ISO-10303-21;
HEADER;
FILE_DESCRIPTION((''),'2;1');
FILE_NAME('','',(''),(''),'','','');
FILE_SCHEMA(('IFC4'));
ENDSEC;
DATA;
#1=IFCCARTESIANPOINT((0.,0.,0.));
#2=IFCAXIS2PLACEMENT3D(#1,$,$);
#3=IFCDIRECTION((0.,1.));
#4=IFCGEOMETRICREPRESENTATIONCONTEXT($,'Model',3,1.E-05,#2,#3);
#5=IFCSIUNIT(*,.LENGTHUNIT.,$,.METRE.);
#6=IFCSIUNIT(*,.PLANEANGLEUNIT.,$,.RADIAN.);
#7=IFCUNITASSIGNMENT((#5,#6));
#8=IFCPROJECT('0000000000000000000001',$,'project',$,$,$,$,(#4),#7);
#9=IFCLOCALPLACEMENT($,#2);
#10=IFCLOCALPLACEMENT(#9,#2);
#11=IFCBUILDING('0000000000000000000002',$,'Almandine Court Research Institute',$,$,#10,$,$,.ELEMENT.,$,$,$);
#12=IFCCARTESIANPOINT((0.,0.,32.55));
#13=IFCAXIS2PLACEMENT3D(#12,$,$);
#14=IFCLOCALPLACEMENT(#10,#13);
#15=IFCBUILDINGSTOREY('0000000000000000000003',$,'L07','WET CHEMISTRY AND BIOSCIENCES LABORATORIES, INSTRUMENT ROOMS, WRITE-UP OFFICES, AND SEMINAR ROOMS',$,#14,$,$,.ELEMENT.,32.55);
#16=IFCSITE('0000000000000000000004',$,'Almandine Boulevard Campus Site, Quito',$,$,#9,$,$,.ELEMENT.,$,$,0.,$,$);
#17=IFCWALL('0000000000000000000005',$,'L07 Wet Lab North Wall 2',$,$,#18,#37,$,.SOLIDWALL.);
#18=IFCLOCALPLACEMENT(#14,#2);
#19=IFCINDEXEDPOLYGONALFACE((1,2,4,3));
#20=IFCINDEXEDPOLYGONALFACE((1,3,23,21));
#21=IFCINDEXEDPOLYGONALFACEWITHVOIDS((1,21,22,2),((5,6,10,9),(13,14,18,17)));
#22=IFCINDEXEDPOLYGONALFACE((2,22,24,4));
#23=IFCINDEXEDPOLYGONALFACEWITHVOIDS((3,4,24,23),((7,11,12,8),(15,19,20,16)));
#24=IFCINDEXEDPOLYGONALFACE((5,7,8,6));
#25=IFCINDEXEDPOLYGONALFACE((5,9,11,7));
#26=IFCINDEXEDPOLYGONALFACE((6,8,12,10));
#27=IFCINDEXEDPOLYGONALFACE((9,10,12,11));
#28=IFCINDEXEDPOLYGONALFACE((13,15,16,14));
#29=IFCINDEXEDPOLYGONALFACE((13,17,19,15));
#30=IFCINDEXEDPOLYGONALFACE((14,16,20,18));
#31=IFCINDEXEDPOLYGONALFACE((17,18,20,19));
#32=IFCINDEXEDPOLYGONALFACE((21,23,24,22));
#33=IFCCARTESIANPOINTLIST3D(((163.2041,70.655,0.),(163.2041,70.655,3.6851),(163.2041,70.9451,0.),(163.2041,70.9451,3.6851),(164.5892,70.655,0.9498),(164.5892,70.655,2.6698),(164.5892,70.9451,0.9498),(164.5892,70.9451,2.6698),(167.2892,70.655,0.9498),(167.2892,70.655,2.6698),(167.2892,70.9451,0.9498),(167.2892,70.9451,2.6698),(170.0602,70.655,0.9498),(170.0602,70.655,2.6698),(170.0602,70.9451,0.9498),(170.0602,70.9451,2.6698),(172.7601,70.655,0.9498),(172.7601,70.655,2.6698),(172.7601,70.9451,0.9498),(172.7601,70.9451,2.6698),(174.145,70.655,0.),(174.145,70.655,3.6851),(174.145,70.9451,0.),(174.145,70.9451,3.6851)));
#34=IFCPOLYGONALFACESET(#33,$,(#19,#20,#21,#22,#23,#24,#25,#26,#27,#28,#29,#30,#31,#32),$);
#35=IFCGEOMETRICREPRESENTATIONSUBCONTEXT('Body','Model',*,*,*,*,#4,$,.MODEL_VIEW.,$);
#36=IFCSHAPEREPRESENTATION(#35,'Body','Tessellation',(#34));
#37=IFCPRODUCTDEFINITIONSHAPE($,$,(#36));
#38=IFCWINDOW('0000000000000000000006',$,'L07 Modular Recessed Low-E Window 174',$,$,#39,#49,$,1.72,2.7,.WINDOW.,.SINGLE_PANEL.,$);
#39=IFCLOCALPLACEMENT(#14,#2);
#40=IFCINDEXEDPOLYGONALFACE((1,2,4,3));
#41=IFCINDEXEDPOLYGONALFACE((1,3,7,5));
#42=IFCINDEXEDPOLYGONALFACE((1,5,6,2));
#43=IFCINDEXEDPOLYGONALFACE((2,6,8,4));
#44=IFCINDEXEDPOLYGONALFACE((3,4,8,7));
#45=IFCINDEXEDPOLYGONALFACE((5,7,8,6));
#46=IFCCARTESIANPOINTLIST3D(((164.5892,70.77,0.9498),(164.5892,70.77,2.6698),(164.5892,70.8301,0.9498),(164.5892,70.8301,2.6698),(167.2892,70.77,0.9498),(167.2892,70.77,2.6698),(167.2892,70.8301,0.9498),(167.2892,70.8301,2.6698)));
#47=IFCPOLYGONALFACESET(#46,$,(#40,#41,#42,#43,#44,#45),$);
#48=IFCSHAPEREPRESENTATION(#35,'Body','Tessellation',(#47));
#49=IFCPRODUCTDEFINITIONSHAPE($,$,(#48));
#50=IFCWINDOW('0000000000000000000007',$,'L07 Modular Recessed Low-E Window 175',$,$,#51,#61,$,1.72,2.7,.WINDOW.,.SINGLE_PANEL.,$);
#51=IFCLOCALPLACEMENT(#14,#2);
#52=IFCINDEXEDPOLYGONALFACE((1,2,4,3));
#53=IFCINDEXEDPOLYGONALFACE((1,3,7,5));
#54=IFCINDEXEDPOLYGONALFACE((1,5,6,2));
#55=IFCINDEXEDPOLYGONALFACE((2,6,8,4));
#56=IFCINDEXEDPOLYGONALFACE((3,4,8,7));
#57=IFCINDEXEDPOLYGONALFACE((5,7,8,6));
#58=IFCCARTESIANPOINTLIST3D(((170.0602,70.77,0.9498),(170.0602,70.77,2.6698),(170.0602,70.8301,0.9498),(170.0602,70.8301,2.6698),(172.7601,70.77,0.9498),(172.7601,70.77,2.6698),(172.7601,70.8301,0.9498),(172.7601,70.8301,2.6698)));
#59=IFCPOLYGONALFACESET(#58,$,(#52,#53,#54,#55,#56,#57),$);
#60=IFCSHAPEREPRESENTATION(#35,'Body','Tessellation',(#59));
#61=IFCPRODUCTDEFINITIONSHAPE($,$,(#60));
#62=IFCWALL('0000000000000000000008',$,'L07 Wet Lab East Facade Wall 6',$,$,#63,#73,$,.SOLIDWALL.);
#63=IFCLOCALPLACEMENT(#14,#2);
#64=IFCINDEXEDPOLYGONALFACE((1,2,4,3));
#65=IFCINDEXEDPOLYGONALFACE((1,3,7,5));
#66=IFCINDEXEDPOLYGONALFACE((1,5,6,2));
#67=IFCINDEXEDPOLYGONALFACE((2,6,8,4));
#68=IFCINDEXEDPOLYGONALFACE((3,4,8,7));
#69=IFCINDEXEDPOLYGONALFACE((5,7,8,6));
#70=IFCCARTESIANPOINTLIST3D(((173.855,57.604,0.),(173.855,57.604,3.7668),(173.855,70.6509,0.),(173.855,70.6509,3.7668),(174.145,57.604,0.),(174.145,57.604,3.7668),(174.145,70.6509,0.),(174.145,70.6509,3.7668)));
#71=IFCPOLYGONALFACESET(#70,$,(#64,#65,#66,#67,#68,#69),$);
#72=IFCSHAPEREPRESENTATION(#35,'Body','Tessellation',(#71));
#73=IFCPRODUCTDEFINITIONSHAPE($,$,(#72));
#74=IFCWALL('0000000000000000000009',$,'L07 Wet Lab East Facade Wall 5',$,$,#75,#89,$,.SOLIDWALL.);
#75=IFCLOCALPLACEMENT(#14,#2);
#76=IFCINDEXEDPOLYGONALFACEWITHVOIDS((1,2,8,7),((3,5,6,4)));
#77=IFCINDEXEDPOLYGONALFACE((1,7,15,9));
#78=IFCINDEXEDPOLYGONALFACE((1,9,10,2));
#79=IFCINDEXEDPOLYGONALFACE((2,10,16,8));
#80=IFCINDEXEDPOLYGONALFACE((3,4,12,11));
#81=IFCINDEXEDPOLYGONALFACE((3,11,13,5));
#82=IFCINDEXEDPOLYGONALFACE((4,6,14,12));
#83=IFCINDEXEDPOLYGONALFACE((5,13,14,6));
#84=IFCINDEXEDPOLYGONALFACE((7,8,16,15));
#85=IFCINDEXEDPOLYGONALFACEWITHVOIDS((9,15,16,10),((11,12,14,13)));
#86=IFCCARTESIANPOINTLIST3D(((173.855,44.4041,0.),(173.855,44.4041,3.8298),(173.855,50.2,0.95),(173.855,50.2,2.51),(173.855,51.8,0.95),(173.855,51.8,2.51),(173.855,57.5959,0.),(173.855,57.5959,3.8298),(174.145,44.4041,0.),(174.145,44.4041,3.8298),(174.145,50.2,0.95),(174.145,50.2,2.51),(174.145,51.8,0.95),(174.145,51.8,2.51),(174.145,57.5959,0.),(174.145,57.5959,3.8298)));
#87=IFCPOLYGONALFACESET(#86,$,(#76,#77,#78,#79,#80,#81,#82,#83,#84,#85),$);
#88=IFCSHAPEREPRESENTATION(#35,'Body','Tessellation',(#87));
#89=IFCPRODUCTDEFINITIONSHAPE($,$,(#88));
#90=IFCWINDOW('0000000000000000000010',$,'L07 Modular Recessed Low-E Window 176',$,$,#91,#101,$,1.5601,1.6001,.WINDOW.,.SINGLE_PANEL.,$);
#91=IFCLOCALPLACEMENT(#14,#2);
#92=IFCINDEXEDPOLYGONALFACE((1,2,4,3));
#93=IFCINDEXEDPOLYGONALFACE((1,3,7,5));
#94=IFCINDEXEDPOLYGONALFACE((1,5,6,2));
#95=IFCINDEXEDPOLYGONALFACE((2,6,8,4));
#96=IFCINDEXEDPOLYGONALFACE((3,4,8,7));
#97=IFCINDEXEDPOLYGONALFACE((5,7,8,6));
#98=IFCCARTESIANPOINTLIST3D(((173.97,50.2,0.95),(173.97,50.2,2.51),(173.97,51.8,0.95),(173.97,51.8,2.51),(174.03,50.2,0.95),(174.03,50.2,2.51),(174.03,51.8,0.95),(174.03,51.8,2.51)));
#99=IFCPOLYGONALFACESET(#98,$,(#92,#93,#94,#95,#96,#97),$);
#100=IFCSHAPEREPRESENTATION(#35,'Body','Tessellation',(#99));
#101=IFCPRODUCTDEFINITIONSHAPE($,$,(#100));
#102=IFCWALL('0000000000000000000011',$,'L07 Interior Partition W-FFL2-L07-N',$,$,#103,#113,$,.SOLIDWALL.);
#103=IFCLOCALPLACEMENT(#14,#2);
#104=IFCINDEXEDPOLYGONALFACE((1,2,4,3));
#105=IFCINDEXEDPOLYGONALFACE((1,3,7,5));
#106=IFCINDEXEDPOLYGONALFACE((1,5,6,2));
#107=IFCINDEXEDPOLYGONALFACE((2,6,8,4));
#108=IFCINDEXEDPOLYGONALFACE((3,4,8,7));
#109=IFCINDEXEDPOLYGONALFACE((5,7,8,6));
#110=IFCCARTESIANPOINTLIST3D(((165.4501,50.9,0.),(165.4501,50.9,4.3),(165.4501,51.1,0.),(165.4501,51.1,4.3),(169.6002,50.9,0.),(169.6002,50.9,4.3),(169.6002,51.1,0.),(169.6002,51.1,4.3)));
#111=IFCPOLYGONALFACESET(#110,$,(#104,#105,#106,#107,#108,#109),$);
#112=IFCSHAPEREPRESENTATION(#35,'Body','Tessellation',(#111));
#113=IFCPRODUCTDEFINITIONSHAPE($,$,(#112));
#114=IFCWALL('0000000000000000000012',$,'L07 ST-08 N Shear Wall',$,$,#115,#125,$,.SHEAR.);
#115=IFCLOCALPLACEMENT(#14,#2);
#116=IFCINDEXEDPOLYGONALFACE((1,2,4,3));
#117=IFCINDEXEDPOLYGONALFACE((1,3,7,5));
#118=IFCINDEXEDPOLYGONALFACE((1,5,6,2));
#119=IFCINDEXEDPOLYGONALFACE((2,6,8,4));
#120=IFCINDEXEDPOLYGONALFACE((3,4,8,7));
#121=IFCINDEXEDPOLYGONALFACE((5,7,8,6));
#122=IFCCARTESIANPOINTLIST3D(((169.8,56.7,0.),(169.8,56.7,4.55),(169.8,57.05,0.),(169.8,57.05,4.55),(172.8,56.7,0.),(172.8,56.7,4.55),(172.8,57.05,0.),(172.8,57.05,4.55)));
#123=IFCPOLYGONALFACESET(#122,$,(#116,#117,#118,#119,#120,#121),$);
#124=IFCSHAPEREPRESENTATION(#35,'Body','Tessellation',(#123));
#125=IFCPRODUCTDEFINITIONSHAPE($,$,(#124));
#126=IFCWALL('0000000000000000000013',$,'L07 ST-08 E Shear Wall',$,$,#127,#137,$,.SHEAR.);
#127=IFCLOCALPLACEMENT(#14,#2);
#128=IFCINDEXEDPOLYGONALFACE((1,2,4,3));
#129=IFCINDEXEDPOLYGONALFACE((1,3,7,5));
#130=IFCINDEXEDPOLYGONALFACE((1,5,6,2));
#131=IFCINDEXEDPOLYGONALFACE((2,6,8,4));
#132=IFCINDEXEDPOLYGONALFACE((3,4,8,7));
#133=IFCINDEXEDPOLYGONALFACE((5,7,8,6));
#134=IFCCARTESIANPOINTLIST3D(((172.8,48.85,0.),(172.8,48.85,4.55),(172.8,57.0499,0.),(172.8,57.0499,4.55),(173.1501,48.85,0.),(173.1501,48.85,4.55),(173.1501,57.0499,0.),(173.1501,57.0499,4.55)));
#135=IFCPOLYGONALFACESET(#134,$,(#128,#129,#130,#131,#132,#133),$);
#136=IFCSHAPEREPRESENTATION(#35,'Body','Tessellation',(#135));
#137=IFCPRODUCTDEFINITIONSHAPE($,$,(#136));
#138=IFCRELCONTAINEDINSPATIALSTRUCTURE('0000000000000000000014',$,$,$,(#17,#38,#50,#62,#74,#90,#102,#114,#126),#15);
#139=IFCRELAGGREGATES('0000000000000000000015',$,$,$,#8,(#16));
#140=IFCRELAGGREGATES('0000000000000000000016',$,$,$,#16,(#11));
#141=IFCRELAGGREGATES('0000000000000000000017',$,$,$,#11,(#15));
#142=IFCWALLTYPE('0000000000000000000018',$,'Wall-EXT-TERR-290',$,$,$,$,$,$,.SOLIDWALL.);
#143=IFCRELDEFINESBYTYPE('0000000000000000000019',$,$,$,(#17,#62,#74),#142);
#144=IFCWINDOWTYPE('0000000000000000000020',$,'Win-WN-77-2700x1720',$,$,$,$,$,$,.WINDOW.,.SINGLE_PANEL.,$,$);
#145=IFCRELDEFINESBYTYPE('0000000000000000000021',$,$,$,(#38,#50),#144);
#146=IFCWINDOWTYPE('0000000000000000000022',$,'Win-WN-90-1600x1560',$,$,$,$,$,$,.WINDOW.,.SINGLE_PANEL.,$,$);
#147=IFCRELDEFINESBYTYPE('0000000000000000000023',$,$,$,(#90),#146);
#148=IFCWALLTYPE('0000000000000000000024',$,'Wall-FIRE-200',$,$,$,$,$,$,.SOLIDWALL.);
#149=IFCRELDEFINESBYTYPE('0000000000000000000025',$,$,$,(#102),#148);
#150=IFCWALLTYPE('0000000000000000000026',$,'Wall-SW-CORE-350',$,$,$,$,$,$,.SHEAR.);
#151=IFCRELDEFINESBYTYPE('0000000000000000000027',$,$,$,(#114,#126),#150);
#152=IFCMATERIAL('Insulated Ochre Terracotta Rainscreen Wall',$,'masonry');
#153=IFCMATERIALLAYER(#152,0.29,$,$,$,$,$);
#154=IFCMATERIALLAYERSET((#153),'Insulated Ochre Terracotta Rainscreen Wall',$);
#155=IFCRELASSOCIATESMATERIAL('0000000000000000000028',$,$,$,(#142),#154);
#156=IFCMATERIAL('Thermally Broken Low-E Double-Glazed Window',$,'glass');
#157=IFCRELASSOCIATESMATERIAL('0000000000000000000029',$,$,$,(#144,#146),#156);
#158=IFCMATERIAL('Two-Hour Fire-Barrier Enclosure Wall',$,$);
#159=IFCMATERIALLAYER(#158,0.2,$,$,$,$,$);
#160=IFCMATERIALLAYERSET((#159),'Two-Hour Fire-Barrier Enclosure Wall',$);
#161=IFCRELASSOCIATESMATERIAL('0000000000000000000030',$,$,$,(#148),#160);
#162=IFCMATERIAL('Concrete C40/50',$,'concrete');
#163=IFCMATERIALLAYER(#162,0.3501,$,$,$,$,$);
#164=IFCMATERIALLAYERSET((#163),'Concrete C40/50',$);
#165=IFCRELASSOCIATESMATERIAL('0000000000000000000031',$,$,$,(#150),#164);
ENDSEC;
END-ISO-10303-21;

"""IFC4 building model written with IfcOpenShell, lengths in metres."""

from ifc_helpers import new_model, si_unit, direction, frame, frame_2d, origin, place, context, subcontext, project, spatial, rectangle, extrude, material, layer, layer_set, type_object, element, fill, save


model = new_model("IFC4")

# Units and contexts
model_context = context("Model", 3, precision=1e-05, world=origin(), true_north=direction((0.0, 1.0)))
body_context = subcontext(model_context, "Body", "Model", "MODEL_VIEW")
ifc_project = project(units=[si_unit("LENGTHUNIT", "METRE"), si_unit("PLANEANGLEUNIT", "RADIAN")], contexts=[model_context])

# Site, building, storey
site_placement = place(None, origin())
site = spatial("IfcSite", under=ifc_project, at=site_placement, Name="Almandine Boulevard Campus Site, Quito", CompositionType="ELEMENT", RefElevation=0.0)
building_placement = place(site_placement, origin())
building = spatial("IfcBuilding", under=site, at=building_placement, Name="Almandine Court Research Institute", CompositionType="ELEMENT")
storey_placement = place(building_placement, frame((0.0, 0.0, 32.55)))
storey = spatial("IfcBuildingStorey", under=building, at=storey_placement, Name="L07", Description="WET CHEMISTRY AND BIOSCIENCES LABORATORIES, INSTRUMENT ROOMS, WRITE-UP OFFICES, AND SEMINAR ROOMS", CompositionType="ELEMENT", Elevation=32.55)

# Wall, openings, windows
ifc_material_1 = material(Name="Insulated Ochre Terracotta Rainscreen Wall", Category="masonry")
ifc_layer_1 = layer(ifc_material_1, 0.29)
ifc_layer_set_1 = layer_set([ifc_layer_1], Name="Insulated Ochre Terracotta Rainscreen Wall")
wall_type_1 = type_object("IfcWallType", Name="Wall-EXT-TERR-290", PredefinedType="SOLIDWALL", material=ifc_layer_set_1)
wall_1_placement = place(storey_placement, frame((163.2041, 70.8, 0.0), z_axis=(0.0, 0.0, 1.0), x_axis=(1.0, 0.0, 0.0)))
wall_1 = element("IfcWall", 1, at=wall_1_placement, inside=storey, type_object=wall_type_1, Name="L07 Wet Lab North Wall 2", PredefinedType="SOLIDWALL", context=body_context, shape_type="SweptSolid", body=[
    extrude(rectangle(XDim=10.9409, YDim=0.29, at=frame_2d((5.4705, 0.0))), origin(), (0.0, 0.0, 1.0), 3.6851),
])
opening_1_placement = place(wall_1_placement, frame((1.385, 0.0, 0.95)))
opening_1 = element("IfcOpeningElement", 2, at=opening_1_placement, cuts=wall_1, PredefinedType="OPENING", context=body_context, shape_type="SweptSolid", body=[
    extrude(rectangle(XDim=2.7, YDim=1.72, at=frame_2d((1.3501, 0.8599))), frame((0.0, 0.155, 0.0), z_axis=(0.0, -1.0, 0.0), x_axis=(1.0, 0.0, 0.0)), (0.0, 0.0, 1.0), 0.3101),
])
opening_2_placement = place(wall_1_placement, frame((6.856, 0.0, 0.95)))
opening_2 = element("IfcOpeningElement", 3, at=opening_2_placement, cuts=wall_1, PredefinedType="OPENING", context=body_context, shape_type="SweptSolid", body=[
    extrude(rectangle(XDim=2.7, YDim=1.72, at=frame_2d((1.3501, 0.8599))), frame((0.0, 0.155, 0.0), z_axis=(0.0, -1.0, 0.0), x_axis=(1.0, 0.0, 0.0)), (0.0, 0.0, 1.0), 0.3101),
])
ifc_material_2 = material(Name="Thermally Broken Low-E Double-Glazed Window", Category="glass")
window_type_1 = type_object("IfcWindowType", Name="Win-WN-77-2700x1720", PartitioningType="SINGLE_PANEL", PredefinedType="WINDOW", material=ifc_material_2)
window_1_placement = place(opening_1_placement, origin())
window_1 = element("IfcWindow", 4, at=window_1_placement, inside=storey, type_object=window_type_1, Name="L07 Modular Recessed Low-E Window 174", OverallHeight=1.72, OverallWidth=2.7, PartitioningType="SINGLE_PANEL", PredefinedType="WINDOW", context=body_context, shape_type="SweptSolid", body=[
    extrude(rectangle(XDim=2.7, YDim=1.72, at=frame_2d((1.3501, 0.8599))), frame((0.0, 0.03, 0.0), z_axis=(0.0, -1.0, 0.0), x_axis=(1.0, 0.0, 0.0)), (0.0, 0.0, 1.0), 0.0601),
])
fill(opening_1, window_1)
window_2_placement = place(opening_2_placement, origin())
window_2 = element("IfcWindow", 5, at=window_2_placement, inside=storey, type_object=window_type_1, Name="L07 Modular Recessed Low-E Window 175", OverallHeight=1.72, OverallWidth=2.7, PartitioningType="SINGLE_PANEL", PredefinedType="WINDOW", context=body_context, shape_type="SweptSolid", body=[
    extrude(rectangle(XDim=2.7, YDim=1.72, at=frame_2d((1.3501, 0.8599))), frame((0.0, 0.03, 0.0), z_axis=(0.0, -1.0, 0.0), x_axis=(1.0, 0.0, 0.0)), (0.0, 0.0, 1.0), 0.0601),
])
fill(opening_2, window_2)

# Wall
wall_2_placement = place(storey_placement, frame((174.0, 70.6509, 0.0), z_axis=(0.0, 0.0, 1.0), x_axis=(0.0, -1.0, 0.0)))
element("IfcWall", 6, at=wall_2_placement, inside=storey, type_object=wall_type_1, Name="L07 Wet Lab East Facade Wall 6", PredefinedType="SOLIDWALL", context=body_context, shape_type="SweptSolid", body=[
    extrude(rectangle(XDim=13.0469, YDim=0.29, at=frame_2d((6.5234, 0.0))), origin(), (0.0, 0.0, 1.0), 3.7668),
])

# Wall, opening, window
wall_3_placement = place(storey_placement, frame((174.0, 57.5959, 0.0), z_axis=(0.0, 0.0, 1.0), x_axis=(0.0, -1.0, 0.0)))
wall_3 = element("IfcWall", 7, at=wall_3_placement, inside=storey, type_object=wall_type_1, Name="L07 Wet Lab East Facade Wall 5", PredefinedType="SOLIDWALL", context=body_context, shape_type="SweptSolid", body=[
    extrude(rectangle(XDim=13.1919, YDim=0.29, at=frame_2d((6.5959, 0.0))), origin(), (0.0, 0.0, 1.0), 3.8298),
])
opening_3_placement = place(wall_3_placement, frame((5.7959, 0.0, 0.95)))
opening_3 = element("IfcOpeningElement", 8, at=opening_3_placement, cuts=wall_3, PredefinedType="OPENING", context=body_context, shape_type="SweptSolid", body=[
    extrude(rectangle(XDim=1.6001, YDim=1.5601, at=frame_2d((0.8, 0.78))), frame((0.0, 0.155, 0.0), z_axis=(0.0, -1.0, 0.0), x_axis=(1.0, 0.0, 0.0)), (0.0, 0.0, 1.0), 0.3101),
])
window_type_2 = type_object("IfcWindowType", Name="Win-WN-90-1600x1560", PartitioningType="SINGLE_PANEL", PredefinedType="WINDOW", material=ifc_material_2)
window_3_placement = place(opening_3_placement, origin())
window_3 = element("IfcWindow", 9, at=window_3_placement, inside=storey, type_object=window_type_2, Name="L07 Modular Recessed Low-E Window 176", OverallHeight=1.5601, OverallWidth=1.6001, PartitioningType="SINGLE_PANEL", PredefinedType="WINDOW", context=body_context, shape_type="SweptSolid", body=[
    extrude(rectangle(XDim=1.6001, YDim=1.5601, at=frame_2d((0.8, 0.78))), frame((0.0, 0.03, 0.0), z_axis=(0.0, -1.0, 0.0), x_axis=(1.0, 0.0, 0.0)), (0.0, 0.0, 1.0), 0.0601),
])
fill(opening_3, window_3)

# Walls
ifc_material_3 = material(Name="Two-Hour Fire-Barrier Enclosure Wall")
ifc_layer_2 = layer(ifc_material_3, 0.2)
ifc_layer_set_2 = layer_set([ifc_layer_2], Name="Two-Hour Fire-Barrier Enclosure Wall")
wall_type_2 = type_object("IfcWallType", Name="Wall-FIRE-200", PredefinedType="SOLIDWALL", material=ifc_layer_set_2)
wall_4_placement = place(storey_placement, frame((165.45, 51.0, 0.0), z_axis=(0.0, 0.0, 1.0), x_axis=(1.0, 0.0, 0.0)))
element("IfcWall", 10, at=wall_4_placement, inside=storey, type_object=wall_type_2, Name="L07 Interior Partition W-FFL2-L07-N", PredefinedType="SOLIDWALL", context=body_context, shape_type="SweptSolid", body=[
    extrude(rectangle(XDim=4.1501, YDim=0.2, at=frame_2d((2.0752, 0.0))), origin(), (0.0, 0.0, 1.0), 4.3),
])
ifc_material_4 = material(Name="Concrete C40/50", Category="concrete")
ifc_layer_3 = layer(ifc_material_4, 0.3501)
ifc_layer_set_3 = layer_set([ifc_layer_3], Name="Concrete C40/50")
wall_type_3 = type_object("IfcWallType", Name="Wall-SW-CORE-350", PredefinedType="SHEAR", material=ifc_layer_set_3)
wall_5_placement = place(storey_placement, frame((169.8, 56.875, 0.0), z_axis=(0.0, 0.0, 1.0), x_axis=(1.0, 0.0, 0.0)))
element("IfcWall", 11, at=wall_5_placement, inside=storey, type_object=wall_type_3, Name="L07 ST-08 N Shear Wall", PredefinedType="SHEAR", context=body_context, shape_type="SweptSolid", body=[
    extrude(rectangle(XDim=3.0, YDim=0.3501, at=frame_2d((1.5, 0.0))), origin(), (0.0, 0.0, 1.0), 4.55),
])
wall_6_placement = place(storey_placement, frame((172.9751, 57.05, 0.0), z_axis=(0.0, 0.0, 1.0), x_axis=(0.0, -1.0, 0.0)))
element("IfcWall", 12, at=wall_6_placement, inside=storey, type_object=wall_type_3, Name="L07 ST-08 E Shear Wall", PredefinedType="SHEAR", context=body_context, shape_type="SweptSolid", body=[
    extrude(rectangle(XDim=8.2, YDim=0.3501, at=frame_2d((4.1001, 0.0))), origin(), (0.0, 0.0, 1.0), 4.55),
])

save(model, "model.ifc")
